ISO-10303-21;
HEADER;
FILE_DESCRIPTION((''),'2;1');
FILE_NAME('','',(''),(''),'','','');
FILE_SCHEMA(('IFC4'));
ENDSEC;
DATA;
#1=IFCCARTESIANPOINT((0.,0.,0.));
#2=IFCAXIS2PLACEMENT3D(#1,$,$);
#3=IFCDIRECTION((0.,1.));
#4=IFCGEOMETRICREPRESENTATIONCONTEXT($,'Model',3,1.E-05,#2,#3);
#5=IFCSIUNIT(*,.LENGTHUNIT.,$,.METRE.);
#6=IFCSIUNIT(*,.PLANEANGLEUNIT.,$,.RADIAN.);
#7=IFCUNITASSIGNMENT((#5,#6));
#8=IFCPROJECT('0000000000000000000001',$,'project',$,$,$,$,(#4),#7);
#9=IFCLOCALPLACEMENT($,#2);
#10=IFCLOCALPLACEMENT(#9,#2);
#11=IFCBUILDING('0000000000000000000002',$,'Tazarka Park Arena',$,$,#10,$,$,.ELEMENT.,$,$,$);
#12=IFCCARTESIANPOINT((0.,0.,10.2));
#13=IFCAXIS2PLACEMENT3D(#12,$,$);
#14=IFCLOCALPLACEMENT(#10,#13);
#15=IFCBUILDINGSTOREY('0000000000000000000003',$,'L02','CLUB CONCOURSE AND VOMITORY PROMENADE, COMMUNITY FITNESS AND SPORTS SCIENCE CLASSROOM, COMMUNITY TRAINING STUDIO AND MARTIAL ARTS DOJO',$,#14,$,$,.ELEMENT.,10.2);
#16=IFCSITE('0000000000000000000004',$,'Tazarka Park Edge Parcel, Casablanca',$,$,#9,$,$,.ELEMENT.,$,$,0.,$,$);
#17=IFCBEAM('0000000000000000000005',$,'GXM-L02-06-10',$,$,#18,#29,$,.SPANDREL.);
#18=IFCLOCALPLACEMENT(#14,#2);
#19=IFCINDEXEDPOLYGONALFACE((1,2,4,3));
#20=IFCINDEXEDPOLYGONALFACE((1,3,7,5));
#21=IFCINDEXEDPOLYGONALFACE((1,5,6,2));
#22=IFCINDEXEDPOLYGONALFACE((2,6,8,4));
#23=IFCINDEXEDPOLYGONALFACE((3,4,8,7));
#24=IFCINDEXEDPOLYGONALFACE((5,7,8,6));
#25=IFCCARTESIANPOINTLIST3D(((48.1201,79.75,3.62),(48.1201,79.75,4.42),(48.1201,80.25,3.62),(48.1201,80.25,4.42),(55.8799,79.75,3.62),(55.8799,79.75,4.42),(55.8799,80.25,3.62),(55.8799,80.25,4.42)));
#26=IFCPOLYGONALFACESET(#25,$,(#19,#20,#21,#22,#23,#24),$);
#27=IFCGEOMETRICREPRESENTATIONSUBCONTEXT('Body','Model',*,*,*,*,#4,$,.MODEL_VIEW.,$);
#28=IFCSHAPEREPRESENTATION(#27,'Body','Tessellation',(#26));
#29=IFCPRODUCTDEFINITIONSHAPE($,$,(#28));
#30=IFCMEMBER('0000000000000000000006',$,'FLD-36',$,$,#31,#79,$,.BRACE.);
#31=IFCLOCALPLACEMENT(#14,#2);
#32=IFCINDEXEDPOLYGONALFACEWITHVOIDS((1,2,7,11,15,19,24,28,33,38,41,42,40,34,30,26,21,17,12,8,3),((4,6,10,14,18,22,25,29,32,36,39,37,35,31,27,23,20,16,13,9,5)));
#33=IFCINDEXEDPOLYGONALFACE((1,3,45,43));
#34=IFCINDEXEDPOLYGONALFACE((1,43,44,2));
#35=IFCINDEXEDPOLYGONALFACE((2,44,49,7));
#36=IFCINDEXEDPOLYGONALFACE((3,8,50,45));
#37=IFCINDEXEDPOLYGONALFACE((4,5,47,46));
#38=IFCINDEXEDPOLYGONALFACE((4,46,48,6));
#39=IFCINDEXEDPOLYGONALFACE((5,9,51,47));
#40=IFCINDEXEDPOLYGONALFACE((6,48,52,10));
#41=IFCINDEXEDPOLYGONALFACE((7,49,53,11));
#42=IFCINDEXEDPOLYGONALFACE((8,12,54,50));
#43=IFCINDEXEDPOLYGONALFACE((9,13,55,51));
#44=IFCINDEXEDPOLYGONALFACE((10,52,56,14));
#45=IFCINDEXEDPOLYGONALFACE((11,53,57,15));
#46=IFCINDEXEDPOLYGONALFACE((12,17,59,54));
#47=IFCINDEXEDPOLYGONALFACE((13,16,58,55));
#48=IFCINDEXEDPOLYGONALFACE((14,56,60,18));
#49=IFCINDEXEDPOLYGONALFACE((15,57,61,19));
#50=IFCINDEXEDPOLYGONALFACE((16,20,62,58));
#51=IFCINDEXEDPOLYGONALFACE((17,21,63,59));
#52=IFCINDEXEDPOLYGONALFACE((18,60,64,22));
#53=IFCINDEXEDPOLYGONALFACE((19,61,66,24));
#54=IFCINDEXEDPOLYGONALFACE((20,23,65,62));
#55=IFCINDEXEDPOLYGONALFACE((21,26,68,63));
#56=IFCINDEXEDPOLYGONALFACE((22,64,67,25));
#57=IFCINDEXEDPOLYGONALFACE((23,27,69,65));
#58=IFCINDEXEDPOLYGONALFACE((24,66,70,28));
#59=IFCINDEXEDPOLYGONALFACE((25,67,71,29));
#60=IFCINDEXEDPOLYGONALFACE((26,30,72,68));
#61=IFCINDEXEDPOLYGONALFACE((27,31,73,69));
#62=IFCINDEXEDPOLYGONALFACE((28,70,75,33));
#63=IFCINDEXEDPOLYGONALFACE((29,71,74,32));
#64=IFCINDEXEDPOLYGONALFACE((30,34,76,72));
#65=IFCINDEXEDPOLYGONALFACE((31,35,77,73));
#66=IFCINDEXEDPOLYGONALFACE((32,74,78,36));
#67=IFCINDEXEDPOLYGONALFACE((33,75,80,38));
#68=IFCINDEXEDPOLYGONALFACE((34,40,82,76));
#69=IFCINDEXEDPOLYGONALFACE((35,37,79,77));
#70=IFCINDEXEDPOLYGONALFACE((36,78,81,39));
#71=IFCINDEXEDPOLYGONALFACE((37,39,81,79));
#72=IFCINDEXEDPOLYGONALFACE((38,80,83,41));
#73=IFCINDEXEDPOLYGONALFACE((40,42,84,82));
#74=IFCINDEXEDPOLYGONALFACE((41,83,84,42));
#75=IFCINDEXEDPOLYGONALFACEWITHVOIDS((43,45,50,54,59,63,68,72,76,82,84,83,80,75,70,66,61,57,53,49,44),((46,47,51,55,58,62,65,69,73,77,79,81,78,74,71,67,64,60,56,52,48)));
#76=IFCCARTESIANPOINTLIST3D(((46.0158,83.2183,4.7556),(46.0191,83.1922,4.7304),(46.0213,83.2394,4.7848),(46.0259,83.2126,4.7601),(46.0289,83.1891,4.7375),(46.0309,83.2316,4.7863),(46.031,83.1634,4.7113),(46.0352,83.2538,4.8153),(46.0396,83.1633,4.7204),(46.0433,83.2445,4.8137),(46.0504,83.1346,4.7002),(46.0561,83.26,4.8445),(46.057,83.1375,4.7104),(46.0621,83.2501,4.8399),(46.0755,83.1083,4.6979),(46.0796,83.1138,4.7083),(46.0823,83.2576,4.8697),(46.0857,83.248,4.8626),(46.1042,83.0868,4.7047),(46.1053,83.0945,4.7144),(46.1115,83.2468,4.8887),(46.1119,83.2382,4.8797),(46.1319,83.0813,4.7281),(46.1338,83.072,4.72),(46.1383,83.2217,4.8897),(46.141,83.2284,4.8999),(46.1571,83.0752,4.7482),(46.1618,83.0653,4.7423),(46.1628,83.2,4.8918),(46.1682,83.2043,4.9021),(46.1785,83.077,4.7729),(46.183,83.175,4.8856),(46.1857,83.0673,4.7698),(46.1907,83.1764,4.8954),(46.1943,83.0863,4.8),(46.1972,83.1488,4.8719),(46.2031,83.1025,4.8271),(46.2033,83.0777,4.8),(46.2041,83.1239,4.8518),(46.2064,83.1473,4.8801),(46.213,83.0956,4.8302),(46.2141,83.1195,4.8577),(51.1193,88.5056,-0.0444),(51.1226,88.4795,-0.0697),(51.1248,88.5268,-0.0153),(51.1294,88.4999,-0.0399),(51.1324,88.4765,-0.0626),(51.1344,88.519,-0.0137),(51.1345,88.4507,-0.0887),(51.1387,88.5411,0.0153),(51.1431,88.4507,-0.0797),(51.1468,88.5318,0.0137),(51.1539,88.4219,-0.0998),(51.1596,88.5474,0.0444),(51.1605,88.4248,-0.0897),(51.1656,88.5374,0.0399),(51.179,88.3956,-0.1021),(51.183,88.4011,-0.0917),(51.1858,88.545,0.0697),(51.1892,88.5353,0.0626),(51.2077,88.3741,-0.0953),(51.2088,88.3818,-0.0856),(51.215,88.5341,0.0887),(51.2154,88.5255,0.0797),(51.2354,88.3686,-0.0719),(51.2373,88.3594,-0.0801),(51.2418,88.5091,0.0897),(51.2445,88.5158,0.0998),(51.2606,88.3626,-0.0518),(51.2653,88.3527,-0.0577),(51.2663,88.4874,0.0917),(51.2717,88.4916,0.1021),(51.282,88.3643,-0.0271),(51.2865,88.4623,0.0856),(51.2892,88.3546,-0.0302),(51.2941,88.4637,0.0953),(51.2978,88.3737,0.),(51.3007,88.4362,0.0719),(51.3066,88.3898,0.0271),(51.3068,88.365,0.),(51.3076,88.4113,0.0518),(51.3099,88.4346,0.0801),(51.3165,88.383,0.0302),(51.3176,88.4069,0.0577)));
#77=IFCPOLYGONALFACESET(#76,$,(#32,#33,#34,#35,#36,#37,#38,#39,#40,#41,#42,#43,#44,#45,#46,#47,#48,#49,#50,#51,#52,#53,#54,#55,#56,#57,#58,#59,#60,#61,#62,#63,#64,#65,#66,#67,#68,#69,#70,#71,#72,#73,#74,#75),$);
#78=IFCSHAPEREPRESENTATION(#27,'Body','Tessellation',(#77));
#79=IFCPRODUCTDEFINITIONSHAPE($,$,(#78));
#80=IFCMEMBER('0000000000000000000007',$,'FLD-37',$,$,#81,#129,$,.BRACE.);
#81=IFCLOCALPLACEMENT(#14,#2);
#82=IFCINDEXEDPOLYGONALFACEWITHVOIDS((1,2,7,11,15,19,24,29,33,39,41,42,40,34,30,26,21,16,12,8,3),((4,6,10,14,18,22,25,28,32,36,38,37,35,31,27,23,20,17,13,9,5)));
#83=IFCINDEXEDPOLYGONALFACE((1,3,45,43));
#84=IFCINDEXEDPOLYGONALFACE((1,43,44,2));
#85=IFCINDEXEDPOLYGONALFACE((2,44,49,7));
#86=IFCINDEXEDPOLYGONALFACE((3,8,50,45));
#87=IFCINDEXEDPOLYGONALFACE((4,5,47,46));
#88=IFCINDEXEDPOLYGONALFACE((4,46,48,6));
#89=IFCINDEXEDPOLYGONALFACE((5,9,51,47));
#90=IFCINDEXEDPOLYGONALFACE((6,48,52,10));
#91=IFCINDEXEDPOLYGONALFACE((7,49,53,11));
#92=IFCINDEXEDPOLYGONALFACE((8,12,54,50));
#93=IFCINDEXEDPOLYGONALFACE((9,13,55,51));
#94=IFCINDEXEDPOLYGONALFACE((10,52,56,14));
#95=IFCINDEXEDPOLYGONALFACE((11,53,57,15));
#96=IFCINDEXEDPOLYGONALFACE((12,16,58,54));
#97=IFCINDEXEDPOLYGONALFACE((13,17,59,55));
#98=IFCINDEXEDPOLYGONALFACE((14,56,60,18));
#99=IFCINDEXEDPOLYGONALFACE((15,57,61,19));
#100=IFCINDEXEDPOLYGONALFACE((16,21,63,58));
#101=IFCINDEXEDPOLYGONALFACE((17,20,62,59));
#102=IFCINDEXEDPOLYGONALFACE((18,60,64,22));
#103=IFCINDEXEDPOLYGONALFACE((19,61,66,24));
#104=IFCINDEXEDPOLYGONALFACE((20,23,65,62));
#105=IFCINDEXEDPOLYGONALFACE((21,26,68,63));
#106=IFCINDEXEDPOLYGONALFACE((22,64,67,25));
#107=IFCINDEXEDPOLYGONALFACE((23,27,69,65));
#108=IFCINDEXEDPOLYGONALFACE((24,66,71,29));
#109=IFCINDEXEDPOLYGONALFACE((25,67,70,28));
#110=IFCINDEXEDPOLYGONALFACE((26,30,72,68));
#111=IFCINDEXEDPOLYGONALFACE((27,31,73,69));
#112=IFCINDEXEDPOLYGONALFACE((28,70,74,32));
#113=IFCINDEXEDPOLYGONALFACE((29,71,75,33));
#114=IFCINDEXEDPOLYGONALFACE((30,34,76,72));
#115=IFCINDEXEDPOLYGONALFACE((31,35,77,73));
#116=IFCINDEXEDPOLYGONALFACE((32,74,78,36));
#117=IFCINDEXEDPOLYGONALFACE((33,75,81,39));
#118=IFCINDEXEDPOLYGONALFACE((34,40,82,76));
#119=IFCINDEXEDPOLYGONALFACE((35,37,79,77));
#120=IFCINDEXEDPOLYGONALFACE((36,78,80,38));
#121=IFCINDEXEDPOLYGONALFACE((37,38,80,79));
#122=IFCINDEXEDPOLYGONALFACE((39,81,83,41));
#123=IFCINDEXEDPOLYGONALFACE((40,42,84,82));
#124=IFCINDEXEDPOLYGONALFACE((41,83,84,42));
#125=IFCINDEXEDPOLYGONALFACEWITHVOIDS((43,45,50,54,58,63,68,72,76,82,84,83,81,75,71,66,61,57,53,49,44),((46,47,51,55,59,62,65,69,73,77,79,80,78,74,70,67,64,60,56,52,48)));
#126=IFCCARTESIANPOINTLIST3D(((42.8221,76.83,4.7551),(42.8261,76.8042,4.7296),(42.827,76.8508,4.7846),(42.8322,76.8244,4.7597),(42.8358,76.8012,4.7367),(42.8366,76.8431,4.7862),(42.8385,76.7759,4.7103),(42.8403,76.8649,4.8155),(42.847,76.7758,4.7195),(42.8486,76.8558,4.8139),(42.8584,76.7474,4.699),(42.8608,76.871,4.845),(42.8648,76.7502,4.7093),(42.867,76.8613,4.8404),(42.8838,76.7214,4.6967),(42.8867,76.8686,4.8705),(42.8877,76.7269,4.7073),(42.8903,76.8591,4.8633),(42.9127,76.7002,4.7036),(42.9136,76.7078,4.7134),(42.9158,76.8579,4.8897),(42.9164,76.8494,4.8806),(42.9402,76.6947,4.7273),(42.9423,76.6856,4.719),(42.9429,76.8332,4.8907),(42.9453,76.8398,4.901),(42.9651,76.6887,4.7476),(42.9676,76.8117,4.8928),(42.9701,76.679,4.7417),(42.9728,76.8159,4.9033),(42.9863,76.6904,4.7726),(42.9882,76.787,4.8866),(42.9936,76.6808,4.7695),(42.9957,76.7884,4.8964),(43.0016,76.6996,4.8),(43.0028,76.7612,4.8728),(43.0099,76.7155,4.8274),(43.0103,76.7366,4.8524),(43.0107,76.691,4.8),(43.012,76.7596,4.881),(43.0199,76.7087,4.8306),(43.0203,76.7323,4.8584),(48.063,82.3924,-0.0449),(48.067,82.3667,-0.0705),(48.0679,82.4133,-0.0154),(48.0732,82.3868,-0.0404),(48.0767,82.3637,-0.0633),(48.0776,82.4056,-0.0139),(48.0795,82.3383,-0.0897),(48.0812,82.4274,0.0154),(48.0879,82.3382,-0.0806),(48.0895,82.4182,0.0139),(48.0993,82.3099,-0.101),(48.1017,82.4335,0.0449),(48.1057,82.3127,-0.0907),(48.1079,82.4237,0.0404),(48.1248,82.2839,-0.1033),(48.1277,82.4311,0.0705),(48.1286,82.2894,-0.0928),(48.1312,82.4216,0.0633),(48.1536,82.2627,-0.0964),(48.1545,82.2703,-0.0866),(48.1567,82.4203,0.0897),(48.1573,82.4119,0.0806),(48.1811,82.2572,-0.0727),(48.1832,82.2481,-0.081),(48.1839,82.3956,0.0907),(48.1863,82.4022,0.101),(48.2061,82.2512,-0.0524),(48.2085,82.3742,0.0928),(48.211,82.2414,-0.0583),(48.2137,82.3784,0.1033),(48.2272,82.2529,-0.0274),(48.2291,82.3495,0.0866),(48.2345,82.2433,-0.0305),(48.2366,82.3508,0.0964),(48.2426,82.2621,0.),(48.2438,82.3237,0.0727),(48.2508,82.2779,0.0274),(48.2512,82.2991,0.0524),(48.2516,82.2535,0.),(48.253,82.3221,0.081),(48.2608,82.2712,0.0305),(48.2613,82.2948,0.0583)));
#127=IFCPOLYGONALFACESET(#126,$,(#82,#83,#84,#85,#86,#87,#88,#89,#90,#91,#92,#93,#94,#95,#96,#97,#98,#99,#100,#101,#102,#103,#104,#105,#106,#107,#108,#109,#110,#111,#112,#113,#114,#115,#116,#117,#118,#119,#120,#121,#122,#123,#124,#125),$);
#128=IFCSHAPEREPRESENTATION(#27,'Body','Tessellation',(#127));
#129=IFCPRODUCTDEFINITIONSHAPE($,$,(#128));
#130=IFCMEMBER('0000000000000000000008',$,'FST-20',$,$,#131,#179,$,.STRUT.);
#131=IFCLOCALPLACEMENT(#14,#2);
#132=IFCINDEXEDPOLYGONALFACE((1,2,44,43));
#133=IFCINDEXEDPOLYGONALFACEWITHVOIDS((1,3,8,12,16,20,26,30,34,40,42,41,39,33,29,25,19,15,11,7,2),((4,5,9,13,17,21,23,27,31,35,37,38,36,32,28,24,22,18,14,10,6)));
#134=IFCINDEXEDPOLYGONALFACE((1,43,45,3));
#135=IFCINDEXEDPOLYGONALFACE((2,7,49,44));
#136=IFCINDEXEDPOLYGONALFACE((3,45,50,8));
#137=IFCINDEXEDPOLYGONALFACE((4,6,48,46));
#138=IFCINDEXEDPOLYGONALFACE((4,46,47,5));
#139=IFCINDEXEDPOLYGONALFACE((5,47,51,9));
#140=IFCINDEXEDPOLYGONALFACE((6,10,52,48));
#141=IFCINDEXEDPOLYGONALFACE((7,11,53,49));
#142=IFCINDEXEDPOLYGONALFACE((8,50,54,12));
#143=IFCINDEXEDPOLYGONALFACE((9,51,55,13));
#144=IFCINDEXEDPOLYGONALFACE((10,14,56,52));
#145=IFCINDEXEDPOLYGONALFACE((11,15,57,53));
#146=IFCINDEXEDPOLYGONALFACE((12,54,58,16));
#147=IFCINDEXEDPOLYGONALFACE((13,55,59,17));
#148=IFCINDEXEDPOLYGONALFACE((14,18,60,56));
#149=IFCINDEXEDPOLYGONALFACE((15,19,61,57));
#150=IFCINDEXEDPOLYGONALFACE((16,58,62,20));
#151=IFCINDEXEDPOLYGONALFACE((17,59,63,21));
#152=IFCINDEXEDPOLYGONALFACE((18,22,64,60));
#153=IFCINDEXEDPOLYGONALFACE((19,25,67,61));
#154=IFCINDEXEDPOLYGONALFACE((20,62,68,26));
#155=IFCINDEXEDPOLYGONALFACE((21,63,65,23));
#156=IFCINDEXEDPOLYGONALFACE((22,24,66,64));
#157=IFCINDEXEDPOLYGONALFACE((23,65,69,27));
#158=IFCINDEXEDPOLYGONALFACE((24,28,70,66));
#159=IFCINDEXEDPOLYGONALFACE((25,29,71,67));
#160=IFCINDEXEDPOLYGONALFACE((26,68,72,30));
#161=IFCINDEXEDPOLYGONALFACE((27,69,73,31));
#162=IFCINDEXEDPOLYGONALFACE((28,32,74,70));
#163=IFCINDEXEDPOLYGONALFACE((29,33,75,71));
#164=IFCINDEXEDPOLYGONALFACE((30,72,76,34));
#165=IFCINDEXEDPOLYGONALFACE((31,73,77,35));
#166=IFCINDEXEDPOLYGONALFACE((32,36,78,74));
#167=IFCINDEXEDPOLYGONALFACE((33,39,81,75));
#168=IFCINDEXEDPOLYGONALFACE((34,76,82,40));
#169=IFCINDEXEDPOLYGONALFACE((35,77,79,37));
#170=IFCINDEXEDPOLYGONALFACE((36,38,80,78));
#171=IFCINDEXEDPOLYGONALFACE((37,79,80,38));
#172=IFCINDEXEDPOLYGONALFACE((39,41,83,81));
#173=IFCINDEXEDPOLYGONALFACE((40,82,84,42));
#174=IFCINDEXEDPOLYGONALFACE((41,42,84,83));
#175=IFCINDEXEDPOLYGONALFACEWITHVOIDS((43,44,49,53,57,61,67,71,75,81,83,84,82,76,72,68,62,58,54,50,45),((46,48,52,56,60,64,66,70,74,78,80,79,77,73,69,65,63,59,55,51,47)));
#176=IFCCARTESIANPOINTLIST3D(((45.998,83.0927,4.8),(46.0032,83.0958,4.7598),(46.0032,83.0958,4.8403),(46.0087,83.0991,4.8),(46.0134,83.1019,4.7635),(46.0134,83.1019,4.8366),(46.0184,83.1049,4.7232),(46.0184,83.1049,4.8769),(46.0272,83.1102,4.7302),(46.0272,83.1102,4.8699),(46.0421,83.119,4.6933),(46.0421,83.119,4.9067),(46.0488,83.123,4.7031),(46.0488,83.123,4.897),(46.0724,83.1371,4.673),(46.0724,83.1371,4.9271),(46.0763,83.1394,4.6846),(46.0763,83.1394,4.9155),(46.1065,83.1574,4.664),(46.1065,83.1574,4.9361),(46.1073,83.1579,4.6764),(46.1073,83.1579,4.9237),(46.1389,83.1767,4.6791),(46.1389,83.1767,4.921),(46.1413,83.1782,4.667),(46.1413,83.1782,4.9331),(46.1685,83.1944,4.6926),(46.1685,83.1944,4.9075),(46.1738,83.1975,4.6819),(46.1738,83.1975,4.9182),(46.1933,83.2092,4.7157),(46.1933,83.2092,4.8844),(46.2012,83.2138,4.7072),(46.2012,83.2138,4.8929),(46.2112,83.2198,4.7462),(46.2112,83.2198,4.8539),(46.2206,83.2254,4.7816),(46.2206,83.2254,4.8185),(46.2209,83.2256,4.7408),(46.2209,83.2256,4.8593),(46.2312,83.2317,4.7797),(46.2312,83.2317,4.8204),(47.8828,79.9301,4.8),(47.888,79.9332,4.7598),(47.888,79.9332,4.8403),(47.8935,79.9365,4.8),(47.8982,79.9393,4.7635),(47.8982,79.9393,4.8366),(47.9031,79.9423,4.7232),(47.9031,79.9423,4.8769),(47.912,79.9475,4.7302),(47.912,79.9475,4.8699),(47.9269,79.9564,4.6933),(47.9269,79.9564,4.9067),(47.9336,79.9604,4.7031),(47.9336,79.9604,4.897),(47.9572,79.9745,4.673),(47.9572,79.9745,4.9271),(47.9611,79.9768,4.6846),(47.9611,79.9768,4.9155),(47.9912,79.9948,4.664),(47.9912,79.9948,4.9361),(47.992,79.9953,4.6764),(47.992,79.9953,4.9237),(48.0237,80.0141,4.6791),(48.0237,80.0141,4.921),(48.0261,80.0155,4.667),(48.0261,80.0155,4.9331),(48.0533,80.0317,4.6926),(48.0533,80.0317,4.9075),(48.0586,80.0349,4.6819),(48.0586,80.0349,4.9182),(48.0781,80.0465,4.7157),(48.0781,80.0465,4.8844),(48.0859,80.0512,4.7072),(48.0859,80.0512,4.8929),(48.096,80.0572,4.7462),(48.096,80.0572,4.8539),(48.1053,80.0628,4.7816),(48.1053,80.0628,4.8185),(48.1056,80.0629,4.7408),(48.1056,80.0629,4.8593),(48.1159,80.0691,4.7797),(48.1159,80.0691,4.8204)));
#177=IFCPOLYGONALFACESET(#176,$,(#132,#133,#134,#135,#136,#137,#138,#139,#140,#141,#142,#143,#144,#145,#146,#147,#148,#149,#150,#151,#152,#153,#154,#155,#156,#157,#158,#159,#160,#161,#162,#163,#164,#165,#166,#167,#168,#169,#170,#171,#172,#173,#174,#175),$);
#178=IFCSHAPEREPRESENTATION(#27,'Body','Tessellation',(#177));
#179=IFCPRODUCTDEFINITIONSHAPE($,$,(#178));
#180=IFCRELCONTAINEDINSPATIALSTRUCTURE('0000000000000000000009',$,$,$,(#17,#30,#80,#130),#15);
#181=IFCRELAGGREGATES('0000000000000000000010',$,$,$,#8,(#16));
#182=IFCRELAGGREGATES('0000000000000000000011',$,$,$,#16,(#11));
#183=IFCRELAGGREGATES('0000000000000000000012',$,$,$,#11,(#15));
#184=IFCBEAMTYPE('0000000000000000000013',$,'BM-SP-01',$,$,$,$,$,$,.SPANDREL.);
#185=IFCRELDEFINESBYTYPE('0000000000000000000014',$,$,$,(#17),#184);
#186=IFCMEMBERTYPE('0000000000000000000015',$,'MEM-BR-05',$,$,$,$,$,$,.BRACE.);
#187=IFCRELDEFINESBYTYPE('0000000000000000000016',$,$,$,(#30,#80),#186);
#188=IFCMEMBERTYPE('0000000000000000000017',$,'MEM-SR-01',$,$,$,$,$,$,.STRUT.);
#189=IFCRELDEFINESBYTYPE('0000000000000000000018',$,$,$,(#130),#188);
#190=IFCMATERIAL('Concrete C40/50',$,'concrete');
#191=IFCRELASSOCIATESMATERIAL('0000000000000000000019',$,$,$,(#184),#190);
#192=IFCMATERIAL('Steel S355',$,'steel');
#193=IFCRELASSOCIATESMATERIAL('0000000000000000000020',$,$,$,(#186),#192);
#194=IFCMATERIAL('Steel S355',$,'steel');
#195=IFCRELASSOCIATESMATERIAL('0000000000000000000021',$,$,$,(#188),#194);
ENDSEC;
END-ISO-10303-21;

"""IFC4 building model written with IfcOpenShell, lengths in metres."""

from ifc_helpers import new_model, si_unit, direction, frame, origin, origin_2d, place, context, subcontext, project, spatial, rectangle, hollow_circle, extrude, material, material_profile, profile_set, type_object, element, save


model = new_model("IFC4")

# Units and contexts
model_context = context("Model", 3, precision=1e-05, world=origin(), true_north=direction((0.0, 1.0)))
body_context = subcontext(model_context, "Body", "Model", "MODEL_VIEW")
ifc_project = project(units=[si_unit("LENGTHUNIT", "METRE"), si_unit("PLANEANGLEUNIT", "RADIAN")], contexts=[model_context])

# Site, building, storey
site_placement = place(None, origin())
site = spatial("IfcSite", under=ifc_project, at=site_placement, Name="Tazarka Park Edge Parcel, Casablanca", CompositionType="ELEMENT", RefElevation=0.0)
building_placement = place(site_placement, origin())
building = spatial("IfcBuilding", under=site, at=building_placement, Name="Tazarka Park Arena", CompositionType="ELEMENT")
storey_placement = place(building_placement, frame((0.0, 0.0, 10.2)))
storey = spatial("IfcBuildingStorey", under=building, at=storey_placement, Name="L02", Description="CLUB CONCOURSE AND VOMITORY PROMENADE, COMMUNITY FITNESS AND SPORTS SCIENCE CLASSROOM, COMMUNITY TRAINING STUDIO AND MARTIAL ARTS DOJO", CompositionType="ELEMENT", Elevation=10.2)

# Beam
ifc_material_1 = material(Name="Concrete C40/50", Category="concrete")
ifc_material_profile_1 = material_profile(ifc_material_1, rectangle(XDim=0.5, YDim=0.8, at=origin_2d()), Name="Concrete C40/50")
ifc_profile_set_1 = profile_set([ifc_material_profile_1], Name="Concrete C40/50")
beam_type = type_object("IfcBeamType", Name="BM-SP-01", PredefinedType="SPANDREL", material=ifc_profile_set_1)
beam_placement = place(storey_placement, frame((48.1201, 80.0, 4.02), z_axis=(1.0, 0.0, 0.0), x_axis=(0.0, 1.0, 0.0)))
element("IfcBeam", 1, at=beam_placement, inside=storey, type_object=beam_type, Name="GXM-L02-06-10", PredefinedType="SPANDREL", context=body_context, shape_type="SweptSolid", body=[
    extrude(rectangle(XDim=0.5, YDim=0.8, at=origin_2d()), origin(), (0.0, 0.0, 1.0), 7.7598),
])

# Members
ifc_material_2 = material(Name="Steel S355", Category="steel")
ifc_material_profile_2 = material_profile(ifc_material_2, hollow_circle(Radius=0.1223, WallThickness=0.0125, at=origin_2d()), Name="Steel S355")
ifc_profile_set_2 = profile_set([ifc_material_profile_2], Name="Steel S355")
member_type_1 = type_object("IfcMemberType", Name="MEM-BR-05", PredefinedType="BRACE", material=ifc_profile_set_2)
member_1_placement = place(storey_placement, frame((51.2188, 88.45, 0.0), z_axis=(-0.581439, -0.602384, 0.546866), x_axis=(0.719504, -0.694488, 0.0)))
element("IfcMember", 2, at=member_1_placement, inside=storey, type_object=member_type_1, Name="FLD-36", PredefinedType="BRACE", context=body_context, shape_type="SweptSolid", body=[
    extrude(hollow_circle(Radius=0.1223, WallThickness=0.0125, at=origin_2d()), origin(), (0.0, 0.0, 1.0), 8.7773),
])
member_2_placement = place(storey_placement, frame((48.1626, 82.3374, 0.0), z_axis=(-0.58072, -0.616347, 0.531865), x_axis=(0.727829, -0.685758, 0.0)))
element("IfcMember", 3, at=member_2_placement, inside=storey, type_object=member_type_1, Name="FLD-37", PredefinedType="BRACE", context=body_context, shape_type="SweptSolid", body=[
    extrude(hollow_circle(Radius=0.1223, WallThickness=0.0125, at=origin_2d()), origin(), (0.0, 0.0, 1.0), 9.0249),
])
ifc_material_3 = material(Name="Steel S355", Category="steel")
ifc_material_profile_3 = material_profile(ifc_material_3, hollow_circle(Radius=0.1365, WallThickness=0.0125, at=origin_2d()), Name="Steel S355")
ifc_profile_set_3 = profile_set([ifc_material_profile_3], Name="Steel S355")
member_type_2 = type_object("IfcMemberType", Name="MEM-SR-01", PredefinedType="STRUT", material=ifc_profile_set_3)
member_3_placement = place(storey_placement, frame((48.0, 80.0, 4.8), z_axis=(-0.511938, 0.859022, 0.0), x_axis=(-0.859022, -0.511938, 0.0)))
element("IfcMember", 4, at=member_3_placement, inside=storey, type_object=member_type_2, Name="FST-20", PredefinedType="STRUT", context=body_context, shape_type="SweptSolid", body=[
    extrude(hollow_circle(Radius=0.1365, WallThickness=0.0125, at=origin_2d()), origin(), (0.0, 0.0, 1.0), 3.6816),
])

save(model, "model.ifc")
